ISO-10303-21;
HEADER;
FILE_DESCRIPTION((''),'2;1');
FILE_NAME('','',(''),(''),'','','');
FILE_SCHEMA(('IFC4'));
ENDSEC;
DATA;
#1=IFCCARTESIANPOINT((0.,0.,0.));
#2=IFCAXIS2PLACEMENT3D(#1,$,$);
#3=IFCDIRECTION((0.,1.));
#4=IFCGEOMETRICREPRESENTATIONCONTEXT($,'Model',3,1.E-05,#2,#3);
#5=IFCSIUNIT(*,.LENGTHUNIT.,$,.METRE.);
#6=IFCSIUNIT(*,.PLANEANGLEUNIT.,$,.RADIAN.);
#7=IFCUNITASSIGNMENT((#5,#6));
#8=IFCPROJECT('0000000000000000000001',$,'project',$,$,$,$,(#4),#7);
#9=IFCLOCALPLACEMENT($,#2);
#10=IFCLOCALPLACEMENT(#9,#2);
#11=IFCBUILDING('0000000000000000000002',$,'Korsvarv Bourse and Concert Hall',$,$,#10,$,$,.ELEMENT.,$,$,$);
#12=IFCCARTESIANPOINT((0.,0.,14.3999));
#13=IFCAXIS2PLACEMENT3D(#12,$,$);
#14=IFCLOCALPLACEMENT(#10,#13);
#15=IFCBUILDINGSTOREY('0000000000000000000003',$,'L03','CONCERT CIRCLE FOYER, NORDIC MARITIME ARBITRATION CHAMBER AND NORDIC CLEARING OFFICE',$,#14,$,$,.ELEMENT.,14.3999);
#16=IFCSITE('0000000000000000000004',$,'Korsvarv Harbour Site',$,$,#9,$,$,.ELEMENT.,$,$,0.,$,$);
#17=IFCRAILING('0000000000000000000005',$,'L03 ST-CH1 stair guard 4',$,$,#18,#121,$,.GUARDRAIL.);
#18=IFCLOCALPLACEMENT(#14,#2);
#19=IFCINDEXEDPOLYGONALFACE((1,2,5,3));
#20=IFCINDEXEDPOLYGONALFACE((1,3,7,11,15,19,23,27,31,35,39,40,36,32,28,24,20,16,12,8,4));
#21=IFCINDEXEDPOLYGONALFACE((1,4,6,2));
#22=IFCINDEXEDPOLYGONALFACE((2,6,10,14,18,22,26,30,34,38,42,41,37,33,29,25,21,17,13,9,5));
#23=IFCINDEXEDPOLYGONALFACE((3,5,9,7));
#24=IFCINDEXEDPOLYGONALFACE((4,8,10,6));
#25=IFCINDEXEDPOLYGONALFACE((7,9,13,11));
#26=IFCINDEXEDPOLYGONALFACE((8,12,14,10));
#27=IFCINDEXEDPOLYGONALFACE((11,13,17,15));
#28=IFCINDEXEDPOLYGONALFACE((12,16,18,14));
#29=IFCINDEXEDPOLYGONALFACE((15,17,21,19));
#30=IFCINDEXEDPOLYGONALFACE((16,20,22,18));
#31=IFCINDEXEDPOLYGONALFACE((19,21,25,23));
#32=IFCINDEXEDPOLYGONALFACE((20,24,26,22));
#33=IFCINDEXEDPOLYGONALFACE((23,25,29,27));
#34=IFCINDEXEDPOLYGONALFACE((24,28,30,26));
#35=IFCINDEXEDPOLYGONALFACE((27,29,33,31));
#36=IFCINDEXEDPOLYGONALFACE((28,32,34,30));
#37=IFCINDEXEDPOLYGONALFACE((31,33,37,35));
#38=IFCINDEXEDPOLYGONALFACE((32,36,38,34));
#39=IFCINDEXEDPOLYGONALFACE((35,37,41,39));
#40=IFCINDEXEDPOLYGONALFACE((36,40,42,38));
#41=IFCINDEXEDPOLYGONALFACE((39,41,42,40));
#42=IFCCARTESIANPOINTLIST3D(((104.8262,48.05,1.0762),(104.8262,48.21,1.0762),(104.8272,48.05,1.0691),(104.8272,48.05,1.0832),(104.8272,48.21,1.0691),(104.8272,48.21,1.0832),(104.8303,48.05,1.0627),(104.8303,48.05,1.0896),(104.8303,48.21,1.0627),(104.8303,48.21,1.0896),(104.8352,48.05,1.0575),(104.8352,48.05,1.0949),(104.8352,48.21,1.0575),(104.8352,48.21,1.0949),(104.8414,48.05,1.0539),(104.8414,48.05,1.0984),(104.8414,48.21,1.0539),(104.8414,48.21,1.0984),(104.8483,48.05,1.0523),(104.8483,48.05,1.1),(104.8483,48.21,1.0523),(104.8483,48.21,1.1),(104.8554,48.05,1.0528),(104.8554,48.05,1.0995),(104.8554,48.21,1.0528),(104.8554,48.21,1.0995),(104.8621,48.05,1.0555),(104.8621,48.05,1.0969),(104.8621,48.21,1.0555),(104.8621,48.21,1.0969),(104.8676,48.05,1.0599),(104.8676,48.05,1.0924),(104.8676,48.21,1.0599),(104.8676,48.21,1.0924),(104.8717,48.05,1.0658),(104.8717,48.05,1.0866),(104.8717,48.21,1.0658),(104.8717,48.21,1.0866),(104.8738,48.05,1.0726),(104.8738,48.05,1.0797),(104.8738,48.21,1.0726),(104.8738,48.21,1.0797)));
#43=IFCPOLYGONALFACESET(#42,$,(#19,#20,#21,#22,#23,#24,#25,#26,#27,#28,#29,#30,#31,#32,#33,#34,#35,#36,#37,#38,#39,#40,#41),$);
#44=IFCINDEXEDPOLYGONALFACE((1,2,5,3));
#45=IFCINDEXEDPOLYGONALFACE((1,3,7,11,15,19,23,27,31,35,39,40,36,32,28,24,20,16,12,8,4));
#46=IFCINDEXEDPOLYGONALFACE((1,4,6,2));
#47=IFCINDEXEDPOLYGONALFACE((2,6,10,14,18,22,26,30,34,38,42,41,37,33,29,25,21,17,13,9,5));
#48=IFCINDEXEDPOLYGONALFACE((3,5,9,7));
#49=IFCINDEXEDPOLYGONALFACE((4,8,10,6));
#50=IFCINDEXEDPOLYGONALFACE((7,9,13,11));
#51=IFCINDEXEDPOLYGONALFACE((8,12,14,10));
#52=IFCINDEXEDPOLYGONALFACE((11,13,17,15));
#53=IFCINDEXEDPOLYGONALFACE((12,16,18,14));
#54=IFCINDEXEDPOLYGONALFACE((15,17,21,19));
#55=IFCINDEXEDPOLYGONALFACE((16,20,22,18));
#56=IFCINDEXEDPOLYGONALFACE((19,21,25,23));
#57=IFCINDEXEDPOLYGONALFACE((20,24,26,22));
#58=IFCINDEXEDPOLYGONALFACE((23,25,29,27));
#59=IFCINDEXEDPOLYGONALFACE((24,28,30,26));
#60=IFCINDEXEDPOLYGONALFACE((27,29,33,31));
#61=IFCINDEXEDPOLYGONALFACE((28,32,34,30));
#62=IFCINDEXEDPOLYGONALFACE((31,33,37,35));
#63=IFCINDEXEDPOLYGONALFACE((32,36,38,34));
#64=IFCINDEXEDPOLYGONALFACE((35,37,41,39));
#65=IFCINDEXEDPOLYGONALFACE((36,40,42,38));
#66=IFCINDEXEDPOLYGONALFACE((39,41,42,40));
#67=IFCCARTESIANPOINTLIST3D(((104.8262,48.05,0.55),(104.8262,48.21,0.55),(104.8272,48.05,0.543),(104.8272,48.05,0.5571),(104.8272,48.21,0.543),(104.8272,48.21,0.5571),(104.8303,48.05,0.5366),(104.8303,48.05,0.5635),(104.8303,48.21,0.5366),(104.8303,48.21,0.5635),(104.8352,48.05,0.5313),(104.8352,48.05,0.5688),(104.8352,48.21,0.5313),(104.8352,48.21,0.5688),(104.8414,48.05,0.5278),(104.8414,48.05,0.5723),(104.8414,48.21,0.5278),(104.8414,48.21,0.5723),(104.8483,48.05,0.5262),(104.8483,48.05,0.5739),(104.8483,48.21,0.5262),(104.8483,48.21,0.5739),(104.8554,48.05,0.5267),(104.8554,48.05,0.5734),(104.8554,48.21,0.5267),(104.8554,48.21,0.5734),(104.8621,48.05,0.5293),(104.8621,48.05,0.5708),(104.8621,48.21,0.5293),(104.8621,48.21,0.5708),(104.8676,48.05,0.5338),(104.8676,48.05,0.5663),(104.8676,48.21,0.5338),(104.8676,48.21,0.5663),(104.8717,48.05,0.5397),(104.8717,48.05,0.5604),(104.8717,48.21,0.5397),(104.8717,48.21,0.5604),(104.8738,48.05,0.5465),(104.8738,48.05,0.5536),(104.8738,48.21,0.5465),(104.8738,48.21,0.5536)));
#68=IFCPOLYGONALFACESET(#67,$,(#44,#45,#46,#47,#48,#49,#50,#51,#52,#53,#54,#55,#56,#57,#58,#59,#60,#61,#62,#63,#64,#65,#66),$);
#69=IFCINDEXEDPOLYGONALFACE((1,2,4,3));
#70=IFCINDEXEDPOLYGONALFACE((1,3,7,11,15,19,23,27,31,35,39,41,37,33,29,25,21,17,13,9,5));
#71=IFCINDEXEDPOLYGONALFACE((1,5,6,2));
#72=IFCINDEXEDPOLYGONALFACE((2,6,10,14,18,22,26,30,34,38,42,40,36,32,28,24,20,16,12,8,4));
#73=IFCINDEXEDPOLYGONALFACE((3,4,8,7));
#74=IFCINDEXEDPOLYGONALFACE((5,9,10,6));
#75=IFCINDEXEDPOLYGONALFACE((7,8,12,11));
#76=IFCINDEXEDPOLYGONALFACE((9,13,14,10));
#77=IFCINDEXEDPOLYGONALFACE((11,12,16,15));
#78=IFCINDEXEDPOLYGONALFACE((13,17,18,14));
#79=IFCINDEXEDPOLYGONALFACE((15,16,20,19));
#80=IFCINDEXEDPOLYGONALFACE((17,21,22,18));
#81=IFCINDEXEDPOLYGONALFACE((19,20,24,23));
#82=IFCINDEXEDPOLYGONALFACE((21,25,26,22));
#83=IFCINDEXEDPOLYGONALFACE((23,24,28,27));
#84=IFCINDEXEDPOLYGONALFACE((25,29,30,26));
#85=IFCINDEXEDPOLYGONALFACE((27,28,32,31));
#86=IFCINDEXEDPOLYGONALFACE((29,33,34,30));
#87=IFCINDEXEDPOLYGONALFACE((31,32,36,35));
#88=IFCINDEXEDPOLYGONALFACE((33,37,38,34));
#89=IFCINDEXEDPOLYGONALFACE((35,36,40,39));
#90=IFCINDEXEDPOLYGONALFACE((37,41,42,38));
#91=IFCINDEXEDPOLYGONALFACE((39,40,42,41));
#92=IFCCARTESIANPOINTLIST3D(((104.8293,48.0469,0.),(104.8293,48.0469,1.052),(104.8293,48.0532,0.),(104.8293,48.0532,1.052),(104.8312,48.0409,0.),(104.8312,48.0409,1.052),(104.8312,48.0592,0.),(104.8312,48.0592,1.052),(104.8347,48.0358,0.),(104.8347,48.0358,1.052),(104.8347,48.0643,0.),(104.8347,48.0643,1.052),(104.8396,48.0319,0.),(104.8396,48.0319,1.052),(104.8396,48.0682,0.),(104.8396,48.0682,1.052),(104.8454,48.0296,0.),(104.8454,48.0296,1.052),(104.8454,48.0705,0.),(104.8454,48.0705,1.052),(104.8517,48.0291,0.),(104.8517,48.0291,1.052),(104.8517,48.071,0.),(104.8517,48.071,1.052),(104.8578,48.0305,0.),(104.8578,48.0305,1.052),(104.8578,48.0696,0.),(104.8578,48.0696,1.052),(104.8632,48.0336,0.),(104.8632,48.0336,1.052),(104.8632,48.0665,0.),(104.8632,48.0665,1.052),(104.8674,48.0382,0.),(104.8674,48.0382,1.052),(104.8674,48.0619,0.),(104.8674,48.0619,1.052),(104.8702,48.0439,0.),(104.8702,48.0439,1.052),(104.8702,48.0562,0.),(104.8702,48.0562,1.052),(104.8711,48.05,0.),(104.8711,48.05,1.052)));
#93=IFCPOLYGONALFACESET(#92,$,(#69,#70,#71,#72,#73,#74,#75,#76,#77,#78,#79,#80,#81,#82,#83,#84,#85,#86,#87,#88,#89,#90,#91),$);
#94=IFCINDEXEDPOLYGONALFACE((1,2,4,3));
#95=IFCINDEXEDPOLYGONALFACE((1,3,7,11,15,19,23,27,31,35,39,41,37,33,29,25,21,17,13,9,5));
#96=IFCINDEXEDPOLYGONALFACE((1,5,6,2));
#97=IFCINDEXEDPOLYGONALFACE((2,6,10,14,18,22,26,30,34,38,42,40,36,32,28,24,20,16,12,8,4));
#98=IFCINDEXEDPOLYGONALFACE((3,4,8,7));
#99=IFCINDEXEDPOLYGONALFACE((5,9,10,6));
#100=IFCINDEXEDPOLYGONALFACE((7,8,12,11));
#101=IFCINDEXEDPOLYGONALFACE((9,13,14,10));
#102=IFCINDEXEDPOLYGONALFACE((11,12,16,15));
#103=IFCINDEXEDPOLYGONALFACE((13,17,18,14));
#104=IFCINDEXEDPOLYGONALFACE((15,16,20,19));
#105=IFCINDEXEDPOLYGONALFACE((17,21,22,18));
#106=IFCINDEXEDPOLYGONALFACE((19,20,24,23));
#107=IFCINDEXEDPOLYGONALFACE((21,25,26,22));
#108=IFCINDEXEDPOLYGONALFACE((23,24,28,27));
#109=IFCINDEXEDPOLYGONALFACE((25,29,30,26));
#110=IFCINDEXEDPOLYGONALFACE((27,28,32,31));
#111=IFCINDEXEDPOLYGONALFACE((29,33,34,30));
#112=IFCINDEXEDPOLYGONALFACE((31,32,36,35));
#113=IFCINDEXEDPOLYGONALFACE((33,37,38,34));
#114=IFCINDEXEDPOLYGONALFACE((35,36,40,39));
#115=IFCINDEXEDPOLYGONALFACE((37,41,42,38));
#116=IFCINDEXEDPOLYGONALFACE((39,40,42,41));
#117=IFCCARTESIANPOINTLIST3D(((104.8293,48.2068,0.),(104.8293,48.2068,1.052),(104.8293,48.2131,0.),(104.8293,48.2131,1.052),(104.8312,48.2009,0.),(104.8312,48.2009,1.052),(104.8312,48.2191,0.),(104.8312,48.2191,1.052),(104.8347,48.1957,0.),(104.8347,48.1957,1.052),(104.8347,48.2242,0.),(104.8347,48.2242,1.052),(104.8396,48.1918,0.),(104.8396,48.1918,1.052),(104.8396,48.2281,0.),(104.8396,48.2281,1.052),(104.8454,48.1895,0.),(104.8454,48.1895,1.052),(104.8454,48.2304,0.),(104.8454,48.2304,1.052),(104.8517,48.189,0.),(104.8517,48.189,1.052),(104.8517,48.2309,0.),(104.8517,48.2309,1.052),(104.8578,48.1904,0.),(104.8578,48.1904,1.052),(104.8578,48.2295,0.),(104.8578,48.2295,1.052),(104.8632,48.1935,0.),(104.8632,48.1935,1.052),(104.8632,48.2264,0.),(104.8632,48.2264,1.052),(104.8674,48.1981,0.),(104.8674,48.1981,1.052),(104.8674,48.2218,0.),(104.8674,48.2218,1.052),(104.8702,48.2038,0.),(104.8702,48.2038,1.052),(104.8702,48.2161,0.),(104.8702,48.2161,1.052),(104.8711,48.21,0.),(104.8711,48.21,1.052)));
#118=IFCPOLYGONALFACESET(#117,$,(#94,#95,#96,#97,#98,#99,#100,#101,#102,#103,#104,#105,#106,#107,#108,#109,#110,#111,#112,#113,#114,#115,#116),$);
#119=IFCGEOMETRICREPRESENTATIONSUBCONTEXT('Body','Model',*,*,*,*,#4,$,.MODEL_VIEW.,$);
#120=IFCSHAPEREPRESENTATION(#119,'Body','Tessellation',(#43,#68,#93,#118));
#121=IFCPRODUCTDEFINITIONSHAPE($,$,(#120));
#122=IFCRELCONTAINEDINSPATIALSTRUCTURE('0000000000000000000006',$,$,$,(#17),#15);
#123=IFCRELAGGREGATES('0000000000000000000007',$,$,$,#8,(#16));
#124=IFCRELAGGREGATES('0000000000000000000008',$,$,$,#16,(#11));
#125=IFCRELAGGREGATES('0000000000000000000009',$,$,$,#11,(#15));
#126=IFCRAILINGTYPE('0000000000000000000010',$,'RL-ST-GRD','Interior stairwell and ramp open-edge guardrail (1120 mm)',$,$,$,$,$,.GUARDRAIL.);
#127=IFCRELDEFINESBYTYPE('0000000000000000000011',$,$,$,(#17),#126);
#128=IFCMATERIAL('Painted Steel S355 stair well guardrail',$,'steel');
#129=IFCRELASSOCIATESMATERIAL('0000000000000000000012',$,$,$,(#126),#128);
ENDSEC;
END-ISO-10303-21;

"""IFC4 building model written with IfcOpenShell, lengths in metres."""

from ifc_helpers import new_model, si_unit, direction, frame, origin, origin_2d, place, context, subcontext, project, spatial, circle, extrude, material, type_object, element, save


model = new_model("IFC4")

# Units and contexts
model_context = context("Model", 3, precision=1e-05, world=origin(), true_north=direction((0.0, 1.0)))
body_context = subcontext(model_context, "Body", "Model", "MODEL_VIEW")
ifc_project = project(units=[si_unit("LENGTHUNIT", "METRE"), si_unit("PLANEANGLEUNIT", "RADIAN")], contexts=[model_context])

# Site, building, storey
site_placement = place(None, origin())
site = spatial("IfcSite", under=ifc_project, at=site_placement, Name="Korsvarv Harbour Site", CompositionType="ELEMENT", RefElevation=0.0)
building_placement = place(site_placement, origin())
building = spatial("IfcBuilding", under=site, at=building_placement, Name="Korsvarv Bourse and Concert Hall", CompositionType="ELEMENT")
storey_placement = place(building_placement, frame((0.0, 0.0, 14.3999)))
storey = spatial("IfcBuildingStorey", under=building, at=storey_placement, Name="L03", Description="CONCERT CIRCLE FOYER, NORDIC MARITIME ARBITRATION CHAMBER AND NORDIC CLEARING OFFICE", CompositionType="ELEMENT", Elevation=14.3999)

# Railing
ifc_material_1 = material(Name="Painted Steel S355 stair well guardrail", Category="steel")
railing_type_1 = type_object("IfcRailingType", Name="RL-ST-GRD", Description="Interior stairwell and ramp open-edge guardrail (1120 mm)", PredefinedType="GUARDRAIL", material=ifc_material_1)
railing_1_placement = place(storey_placement, frame((104.8501, 48.05, 0.0)))
element("IfcRailing", 1, at=railing_1_placement, inside=storey, type_object=railing_type_1, Name="L03 ST-CH1 stair guard 4", PredefinedType="GUARDRAIL", context=body_context, shape_type="SweptSolid", body=[
    extrude(circle(Radius=0.0239, at=origin_2d()), frame((0.0, 0.0, 1.0762), z_axis=(0.0, 1.0, 0.0), x_axis=(-1.0, 0.0, 0.0)), (0.0, 0.0, 1.0), 0.1599),
    extrude(circle(Radius=0.0239, at=origin_2d()), frame((0.0, 0.0, 0.55), z_axis=(0.0, 1.0, 0.0), x_axis=(-1.0, 0.0, 0.0)), (0.0, 0.0, 1.0), 0.1599),
    extrude(circle(Radius=0.021, at=origin_2d()), origin(), (0.0, 0.0, 1.0), 1.052),
    extrude(circle(Radius=0.021, at=origin_2d()), frame((0.0, 0.1599, 0.0)), (0.0, 0.0, 1.0), 1.052),
])

save(model, "model.ifc")
